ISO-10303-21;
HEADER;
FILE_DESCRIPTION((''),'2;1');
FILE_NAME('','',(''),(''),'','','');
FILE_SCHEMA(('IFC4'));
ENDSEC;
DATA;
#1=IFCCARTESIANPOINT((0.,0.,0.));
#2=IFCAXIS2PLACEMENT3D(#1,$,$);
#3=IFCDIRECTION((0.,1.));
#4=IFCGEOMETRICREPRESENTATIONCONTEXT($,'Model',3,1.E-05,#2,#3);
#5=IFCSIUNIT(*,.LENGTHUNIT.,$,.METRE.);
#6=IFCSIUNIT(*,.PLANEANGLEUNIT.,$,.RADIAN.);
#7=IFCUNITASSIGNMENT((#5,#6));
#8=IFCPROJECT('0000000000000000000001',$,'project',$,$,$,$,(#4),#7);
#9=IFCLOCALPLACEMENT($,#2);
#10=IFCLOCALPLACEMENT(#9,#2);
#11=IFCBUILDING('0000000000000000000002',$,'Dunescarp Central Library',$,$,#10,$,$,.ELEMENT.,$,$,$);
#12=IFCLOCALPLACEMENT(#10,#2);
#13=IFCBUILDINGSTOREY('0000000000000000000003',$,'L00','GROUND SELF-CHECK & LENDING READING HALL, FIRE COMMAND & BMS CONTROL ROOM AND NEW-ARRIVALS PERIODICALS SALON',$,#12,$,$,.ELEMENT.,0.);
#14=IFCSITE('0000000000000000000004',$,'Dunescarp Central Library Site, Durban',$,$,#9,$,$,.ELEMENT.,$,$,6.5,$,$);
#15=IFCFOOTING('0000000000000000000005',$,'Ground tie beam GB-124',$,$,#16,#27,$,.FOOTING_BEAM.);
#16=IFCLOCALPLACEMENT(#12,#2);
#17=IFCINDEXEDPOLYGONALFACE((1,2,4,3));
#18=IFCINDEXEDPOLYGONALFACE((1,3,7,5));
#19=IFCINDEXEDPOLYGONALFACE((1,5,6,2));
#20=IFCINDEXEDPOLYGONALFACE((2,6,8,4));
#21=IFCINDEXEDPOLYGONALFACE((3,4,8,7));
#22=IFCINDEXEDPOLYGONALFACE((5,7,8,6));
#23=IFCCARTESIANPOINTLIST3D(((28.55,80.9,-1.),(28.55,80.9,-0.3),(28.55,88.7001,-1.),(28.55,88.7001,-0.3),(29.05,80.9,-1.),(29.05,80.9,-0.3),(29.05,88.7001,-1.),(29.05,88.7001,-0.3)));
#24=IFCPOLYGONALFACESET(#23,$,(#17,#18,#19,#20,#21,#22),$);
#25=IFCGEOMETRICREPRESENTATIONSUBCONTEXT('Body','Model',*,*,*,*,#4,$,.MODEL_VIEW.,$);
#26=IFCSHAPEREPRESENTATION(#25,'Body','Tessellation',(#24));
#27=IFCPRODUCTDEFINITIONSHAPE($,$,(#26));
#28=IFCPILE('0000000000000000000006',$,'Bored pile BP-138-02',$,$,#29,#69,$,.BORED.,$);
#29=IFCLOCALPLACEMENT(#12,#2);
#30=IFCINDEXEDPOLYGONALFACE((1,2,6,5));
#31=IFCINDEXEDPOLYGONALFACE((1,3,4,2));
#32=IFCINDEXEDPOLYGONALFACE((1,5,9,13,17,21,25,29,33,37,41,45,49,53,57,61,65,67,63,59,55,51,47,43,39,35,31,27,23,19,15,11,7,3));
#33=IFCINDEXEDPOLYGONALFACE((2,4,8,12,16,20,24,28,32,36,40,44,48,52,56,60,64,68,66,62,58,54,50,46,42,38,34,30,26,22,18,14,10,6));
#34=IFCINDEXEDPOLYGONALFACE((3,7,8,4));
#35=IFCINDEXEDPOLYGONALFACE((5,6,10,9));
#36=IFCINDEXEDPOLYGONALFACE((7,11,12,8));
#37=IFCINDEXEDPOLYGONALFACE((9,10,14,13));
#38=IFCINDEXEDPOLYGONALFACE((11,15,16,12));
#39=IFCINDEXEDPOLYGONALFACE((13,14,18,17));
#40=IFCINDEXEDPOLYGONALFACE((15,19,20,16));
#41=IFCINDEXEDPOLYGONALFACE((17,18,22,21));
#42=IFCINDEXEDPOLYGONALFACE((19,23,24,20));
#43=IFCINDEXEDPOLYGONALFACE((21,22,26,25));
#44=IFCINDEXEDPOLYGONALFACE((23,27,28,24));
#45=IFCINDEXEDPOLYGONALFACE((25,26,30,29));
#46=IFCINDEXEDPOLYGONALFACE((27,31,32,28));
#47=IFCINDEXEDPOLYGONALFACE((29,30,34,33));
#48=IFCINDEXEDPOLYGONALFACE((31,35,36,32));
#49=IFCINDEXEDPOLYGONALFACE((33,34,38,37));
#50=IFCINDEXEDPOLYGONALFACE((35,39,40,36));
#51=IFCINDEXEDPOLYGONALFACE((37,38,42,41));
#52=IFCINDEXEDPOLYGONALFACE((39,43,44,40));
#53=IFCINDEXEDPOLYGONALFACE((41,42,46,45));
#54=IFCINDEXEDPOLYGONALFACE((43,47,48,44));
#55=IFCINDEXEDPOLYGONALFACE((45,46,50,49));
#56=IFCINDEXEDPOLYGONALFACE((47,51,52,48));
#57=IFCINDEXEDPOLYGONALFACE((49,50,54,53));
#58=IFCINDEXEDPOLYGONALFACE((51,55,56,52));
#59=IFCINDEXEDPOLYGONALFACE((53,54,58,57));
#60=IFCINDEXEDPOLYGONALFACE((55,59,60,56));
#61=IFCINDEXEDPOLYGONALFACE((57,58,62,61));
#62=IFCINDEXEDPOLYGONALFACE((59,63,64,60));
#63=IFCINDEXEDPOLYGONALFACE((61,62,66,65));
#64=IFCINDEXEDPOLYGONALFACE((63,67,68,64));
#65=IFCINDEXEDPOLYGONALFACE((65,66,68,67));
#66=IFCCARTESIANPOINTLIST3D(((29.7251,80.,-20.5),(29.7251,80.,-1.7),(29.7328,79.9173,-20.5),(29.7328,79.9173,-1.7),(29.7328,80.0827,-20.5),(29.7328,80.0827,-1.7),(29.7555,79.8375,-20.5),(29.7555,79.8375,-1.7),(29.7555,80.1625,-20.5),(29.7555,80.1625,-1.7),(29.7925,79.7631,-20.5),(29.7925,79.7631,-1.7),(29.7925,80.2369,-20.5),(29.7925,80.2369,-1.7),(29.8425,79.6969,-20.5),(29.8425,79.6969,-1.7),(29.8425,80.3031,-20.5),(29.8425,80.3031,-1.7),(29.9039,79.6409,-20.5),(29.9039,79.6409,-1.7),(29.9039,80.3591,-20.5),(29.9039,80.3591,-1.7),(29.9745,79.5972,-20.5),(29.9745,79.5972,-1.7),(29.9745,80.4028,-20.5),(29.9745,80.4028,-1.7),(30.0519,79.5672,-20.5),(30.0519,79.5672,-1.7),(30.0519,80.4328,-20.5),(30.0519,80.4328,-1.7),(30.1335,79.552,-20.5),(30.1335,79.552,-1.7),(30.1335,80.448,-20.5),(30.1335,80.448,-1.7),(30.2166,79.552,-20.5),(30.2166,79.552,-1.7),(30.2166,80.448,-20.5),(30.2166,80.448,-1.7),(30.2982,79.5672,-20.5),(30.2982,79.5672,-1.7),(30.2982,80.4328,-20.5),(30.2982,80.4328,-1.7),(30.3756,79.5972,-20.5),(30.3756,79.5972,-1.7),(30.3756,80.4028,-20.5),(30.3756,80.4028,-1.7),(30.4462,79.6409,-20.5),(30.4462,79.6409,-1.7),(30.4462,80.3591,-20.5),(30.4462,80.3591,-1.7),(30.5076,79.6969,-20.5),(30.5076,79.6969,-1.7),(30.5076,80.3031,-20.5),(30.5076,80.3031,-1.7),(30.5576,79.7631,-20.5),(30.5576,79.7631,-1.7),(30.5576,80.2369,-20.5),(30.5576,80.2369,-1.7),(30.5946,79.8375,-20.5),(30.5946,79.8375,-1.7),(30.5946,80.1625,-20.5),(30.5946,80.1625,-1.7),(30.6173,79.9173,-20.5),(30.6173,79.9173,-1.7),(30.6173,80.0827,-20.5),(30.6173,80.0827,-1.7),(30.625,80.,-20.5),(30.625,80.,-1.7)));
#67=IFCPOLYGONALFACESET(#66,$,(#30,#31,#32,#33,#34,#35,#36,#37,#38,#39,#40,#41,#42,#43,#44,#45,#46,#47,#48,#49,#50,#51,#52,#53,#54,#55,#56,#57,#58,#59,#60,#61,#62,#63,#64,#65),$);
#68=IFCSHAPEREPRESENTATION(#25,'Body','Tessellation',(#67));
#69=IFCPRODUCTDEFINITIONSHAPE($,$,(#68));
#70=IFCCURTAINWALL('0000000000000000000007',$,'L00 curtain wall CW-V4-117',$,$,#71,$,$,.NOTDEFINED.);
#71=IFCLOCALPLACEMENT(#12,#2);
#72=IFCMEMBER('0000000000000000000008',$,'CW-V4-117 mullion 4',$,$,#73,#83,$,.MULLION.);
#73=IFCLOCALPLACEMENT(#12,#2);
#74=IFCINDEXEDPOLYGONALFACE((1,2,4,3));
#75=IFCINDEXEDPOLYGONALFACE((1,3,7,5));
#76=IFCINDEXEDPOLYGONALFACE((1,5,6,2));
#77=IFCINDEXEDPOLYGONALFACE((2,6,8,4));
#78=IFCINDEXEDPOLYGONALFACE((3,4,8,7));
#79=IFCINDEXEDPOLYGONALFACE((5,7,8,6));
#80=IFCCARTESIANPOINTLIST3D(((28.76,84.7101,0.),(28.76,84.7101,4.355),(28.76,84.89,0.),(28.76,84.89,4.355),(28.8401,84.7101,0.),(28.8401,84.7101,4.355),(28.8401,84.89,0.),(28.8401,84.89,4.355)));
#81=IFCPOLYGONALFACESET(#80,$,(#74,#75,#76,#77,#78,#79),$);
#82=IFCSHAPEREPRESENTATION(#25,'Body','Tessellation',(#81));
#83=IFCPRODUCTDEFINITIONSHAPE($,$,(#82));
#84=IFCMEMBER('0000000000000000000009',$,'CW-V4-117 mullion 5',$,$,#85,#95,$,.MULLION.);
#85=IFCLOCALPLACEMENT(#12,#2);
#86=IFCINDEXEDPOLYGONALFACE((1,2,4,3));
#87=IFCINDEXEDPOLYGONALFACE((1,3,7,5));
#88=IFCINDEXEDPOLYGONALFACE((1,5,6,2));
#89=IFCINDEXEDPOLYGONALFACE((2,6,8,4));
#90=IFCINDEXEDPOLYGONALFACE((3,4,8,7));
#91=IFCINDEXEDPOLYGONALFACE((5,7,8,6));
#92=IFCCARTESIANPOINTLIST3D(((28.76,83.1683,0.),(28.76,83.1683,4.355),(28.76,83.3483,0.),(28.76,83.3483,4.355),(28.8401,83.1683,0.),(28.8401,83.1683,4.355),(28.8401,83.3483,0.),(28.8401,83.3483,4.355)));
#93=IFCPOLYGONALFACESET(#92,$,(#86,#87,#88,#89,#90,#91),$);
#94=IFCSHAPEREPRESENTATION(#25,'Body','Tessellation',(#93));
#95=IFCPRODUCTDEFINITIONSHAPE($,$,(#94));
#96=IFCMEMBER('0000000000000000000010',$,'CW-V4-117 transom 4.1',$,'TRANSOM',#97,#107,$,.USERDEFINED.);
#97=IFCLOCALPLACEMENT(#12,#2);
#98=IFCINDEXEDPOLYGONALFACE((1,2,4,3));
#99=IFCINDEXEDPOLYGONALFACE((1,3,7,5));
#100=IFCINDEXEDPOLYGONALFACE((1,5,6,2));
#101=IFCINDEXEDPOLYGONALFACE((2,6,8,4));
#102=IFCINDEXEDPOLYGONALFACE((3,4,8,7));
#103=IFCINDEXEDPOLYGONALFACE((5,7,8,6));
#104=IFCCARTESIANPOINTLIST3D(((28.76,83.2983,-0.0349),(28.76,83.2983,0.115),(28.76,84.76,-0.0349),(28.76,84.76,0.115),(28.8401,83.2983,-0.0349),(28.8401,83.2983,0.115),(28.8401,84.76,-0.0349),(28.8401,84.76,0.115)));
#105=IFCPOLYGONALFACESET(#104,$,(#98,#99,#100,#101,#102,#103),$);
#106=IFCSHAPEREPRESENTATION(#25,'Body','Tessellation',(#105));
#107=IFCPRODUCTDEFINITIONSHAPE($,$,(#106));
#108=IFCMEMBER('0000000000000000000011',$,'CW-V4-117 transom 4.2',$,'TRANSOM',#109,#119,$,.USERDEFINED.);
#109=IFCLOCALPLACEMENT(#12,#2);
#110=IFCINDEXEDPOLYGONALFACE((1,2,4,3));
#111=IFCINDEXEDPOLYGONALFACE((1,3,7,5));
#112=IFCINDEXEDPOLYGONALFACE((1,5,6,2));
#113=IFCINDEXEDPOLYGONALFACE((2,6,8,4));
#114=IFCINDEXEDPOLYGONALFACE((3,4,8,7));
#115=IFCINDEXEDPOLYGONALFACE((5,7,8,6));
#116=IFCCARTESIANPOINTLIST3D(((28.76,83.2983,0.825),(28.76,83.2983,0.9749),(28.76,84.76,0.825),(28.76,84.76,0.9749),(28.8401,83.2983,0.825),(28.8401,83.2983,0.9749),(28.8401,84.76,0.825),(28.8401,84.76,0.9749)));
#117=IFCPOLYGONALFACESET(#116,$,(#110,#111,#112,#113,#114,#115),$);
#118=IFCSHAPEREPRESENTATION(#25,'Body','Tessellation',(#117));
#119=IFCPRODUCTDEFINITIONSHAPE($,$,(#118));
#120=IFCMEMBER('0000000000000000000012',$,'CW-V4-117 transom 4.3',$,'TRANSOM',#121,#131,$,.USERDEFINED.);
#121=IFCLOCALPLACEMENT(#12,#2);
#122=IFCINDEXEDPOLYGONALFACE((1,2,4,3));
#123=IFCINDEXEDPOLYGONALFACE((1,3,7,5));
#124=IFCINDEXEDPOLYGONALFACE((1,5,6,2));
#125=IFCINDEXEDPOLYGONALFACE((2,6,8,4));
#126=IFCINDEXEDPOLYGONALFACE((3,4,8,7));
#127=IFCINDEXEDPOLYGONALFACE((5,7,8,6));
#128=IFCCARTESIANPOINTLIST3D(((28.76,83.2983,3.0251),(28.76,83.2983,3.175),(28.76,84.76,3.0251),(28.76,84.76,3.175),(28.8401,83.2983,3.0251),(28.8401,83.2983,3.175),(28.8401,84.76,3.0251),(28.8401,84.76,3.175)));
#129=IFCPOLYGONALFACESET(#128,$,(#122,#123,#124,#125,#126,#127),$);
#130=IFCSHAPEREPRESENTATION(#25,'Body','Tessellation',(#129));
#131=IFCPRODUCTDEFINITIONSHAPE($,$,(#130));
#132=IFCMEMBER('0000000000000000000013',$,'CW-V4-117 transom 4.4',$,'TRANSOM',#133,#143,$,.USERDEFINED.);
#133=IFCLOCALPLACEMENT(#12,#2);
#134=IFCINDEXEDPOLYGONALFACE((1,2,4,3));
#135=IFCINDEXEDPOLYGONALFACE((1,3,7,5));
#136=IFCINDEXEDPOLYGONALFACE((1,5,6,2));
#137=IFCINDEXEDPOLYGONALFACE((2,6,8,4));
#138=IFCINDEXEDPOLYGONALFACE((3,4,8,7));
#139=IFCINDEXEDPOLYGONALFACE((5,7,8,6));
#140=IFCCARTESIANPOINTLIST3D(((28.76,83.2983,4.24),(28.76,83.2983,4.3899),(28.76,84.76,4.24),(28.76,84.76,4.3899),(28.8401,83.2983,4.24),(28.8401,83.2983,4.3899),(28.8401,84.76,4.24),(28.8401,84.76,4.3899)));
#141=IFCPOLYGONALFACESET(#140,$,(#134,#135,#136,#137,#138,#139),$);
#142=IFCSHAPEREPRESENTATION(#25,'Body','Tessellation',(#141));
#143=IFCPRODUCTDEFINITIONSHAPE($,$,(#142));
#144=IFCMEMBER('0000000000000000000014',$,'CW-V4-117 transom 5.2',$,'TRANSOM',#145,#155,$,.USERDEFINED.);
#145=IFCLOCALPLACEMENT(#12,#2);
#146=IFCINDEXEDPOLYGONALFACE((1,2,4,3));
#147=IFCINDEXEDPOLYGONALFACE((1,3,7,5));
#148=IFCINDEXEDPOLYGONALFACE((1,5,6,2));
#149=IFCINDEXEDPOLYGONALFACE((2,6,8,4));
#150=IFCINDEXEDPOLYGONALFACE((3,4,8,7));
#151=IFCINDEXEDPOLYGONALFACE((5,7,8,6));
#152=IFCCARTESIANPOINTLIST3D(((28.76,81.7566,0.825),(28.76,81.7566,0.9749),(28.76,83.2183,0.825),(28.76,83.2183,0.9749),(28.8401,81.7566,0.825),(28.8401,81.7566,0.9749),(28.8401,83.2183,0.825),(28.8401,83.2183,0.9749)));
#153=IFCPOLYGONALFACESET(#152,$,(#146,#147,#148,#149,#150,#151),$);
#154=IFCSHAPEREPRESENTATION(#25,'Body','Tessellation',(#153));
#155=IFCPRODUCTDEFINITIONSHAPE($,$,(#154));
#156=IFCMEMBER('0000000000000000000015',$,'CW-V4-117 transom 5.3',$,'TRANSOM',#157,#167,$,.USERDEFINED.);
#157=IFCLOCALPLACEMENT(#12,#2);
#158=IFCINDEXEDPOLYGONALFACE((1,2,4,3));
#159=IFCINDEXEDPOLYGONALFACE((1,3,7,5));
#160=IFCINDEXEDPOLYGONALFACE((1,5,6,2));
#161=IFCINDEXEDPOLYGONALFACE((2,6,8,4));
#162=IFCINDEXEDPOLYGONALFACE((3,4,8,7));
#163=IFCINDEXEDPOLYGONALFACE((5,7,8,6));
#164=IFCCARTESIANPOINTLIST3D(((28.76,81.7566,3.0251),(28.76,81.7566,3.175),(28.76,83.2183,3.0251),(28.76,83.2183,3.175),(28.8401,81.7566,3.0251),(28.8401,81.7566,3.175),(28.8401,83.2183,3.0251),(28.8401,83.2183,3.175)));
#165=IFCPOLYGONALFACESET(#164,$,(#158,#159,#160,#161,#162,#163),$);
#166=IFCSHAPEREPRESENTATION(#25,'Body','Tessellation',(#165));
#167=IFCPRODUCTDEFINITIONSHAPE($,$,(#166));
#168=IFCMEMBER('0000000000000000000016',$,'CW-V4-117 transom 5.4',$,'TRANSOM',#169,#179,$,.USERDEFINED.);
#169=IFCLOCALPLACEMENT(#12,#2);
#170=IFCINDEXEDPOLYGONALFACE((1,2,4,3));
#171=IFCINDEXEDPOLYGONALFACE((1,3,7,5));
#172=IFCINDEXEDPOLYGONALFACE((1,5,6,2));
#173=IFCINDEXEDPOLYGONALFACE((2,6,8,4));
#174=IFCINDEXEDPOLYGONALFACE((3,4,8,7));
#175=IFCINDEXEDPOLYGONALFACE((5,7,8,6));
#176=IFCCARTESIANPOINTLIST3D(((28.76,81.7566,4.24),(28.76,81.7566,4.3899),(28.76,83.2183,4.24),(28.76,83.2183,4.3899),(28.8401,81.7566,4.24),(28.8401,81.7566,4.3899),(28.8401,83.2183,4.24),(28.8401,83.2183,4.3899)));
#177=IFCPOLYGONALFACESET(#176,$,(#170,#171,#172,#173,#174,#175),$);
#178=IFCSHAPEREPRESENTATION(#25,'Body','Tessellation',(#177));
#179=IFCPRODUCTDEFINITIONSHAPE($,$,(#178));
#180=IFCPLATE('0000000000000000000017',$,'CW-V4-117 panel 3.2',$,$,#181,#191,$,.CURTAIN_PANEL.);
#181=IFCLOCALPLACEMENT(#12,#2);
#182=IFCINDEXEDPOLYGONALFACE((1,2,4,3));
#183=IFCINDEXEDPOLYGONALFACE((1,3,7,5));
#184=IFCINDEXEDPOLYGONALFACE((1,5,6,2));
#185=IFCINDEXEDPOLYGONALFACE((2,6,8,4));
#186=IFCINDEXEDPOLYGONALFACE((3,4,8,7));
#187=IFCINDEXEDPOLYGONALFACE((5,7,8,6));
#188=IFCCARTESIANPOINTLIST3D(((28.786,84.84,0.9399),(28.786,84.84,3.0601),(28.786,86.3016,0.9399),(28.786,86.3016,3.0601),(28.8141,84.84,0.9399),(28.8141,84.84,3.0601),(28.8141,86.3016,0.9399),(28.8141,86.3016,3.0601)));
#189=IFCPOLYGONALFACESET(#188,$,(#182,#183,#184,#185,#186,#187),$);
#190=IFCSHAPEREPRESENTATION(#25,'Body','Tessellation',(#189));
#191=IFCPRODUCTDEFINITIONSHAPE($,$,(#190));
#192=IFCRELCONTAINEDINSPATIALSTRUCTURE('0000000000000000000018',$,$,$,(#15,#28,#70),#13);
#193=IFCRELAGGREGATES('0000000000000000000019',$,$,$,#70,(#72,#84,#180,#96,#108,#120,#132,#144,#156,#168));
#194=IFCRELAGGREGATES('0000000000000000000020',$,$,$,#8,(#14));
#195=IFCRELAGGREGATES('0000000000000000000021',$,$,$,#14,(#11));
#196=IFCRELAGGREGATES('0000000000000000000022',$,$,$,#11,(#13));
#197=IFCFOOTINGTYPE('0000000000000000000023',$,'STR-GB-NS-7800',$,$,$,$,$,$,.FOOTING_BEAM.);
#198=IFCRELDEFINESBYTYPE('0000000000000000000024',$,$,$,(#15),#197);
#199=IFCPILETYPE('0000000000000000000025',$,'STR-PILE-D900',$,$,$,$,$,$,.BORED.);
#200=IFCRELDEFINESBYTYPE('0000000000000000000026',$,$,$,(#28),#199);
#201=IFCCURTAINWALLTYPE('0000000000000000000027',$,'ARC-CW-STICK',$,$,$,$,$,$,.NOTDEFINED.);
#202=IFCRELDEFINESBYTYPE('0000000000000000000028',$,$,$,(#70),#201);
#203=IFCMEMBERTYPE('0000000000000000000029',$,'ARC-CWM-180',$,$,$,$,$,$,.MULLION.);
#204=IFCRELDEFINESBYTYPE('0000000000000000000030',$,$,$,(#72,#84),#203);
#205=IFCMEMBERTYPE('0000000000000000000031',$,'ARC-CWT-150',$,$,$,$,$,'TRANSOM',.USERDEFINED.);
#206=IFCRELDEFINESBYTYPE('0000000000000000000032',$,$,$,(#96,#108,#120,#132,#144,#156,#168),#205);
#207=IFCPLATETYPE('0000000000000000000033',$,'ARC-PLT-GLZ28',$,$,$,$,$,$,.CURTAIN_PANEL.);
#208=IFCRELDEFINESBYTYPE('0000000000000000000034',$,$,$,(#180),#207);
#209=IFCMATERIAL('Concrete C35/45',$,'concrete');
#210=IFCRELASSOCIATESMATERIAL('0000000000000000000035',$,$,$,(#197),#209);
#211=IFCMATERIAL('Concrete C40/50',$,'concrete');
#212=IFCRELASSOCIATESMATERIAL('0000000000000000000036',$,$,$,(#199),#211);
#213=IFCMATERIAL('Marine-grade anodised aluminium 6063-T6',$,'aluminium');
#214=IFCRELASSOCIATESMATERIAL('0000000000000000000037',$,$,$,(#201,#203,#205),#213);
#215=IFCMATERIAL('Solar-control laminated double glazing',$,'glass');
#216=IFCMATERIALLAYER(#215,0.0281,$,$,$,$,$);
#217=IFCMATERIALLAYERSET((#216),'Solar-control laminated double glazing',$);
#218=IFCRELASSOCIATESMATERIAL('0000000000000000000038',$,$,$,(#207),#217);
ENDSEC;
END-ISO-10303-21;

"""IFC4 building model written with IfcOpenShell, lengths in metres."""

from ifc_helpers import new_model, si_unit, direction, frame, origin, origin_2d, place, context, subcontext, project, spatial, rectangle, circle, extrude, material, layer, layer_set, material_profile, profile_set, type_object, element, aggregate, save


model = new_model("IFC4")

# Units and contexts
model_context = context("Model", 3, precision=1e-05, world=origin(), true_north=direction((0.0, 1.0)))
body_context = subcontext(model_context, "Body", "Model", "MODEL_VIEW")
ifc_project = project(units=[si_unit("LENGTHUNIT", "METRE"), si_unit("PLANEANGLEUNIT", "RADIAN")], contexts=[model_context])

# Site, building, storey
site_placement = place(None, origin())
site = spatial("IfcSite", under=ifc_project, at=site_placement, Name="Dunescarp Central Library Site, Durban", CompositionType="ELEMENT", RefElevation=6.5)
building_placement = place(site_placement, origin())
building = spatial("IfcBuilding", under=site, at=building_placement, Name="Dunescarp Central Library", CompositionType="ELEMENT")
storey_placement = place(building_placement, origin())
storey = spatial("IfcBuildingStorey", under=building, at=storey_placement, Name="L00", Description="GROUND SELF-CHECK & LENDING READING HALL, FIRE COMMAND & BMS CONTROL ROOM AND NEW-ARRIVALS PERIODICALS SALON", CompositionType="ELEMENT", Elevation=0.0)

# Footing
ifc_material_1 = material(Name="Concrete C35/45", Category="concrete")
footing_type = type_object("IfcFootingType", Name="STR-GB-NS-7800", PredefinedType="FOOTING_BEAM", material=ifc_material_1)
footing_placement = place(storey_placement, frame((28.8, 84.8, -1.0), z_axis=(0.0, 0.0, 1.0), x_axis=(0.0, 1.0, 0.0)))
element("IfcFooting", 1, at=footing_placement, inside=storey, type_object=footing_type, Name="Ground tie beam GB-124", PredefinedType="FOOTING_BEAM", context=body_context, shape_type="SweptSolid", body=[
    extrude(rectangle(XDim=7.8, YDim=0.5, at=origin_2d()), origin(), (0.0, 0.0, 1.0), 0.7),
])

# Pile
ifc_material_2 = material(Name="Concrete C40/50", Category="concrete")
ifc_material_profile_1 = material_profile(ifc_material_2, circle(Radius=0.45, at=origin_2d()), Name="PILE D900")
ifc_profile_set_1 = profile_set([ifc_material_profile_1], Name="Concrete C40/50")
pile_type = type_object("IfcPileType", Name="STR-PILE-D900", PredefinedType="BORED", material=ifc_profile_set_1)
pile_placement = place(storey_placement, frame((30.175, 80.0, -1.7), z_axis=(0.0, 0.0, -1.0), x_axis=(1.0, 0.0, 0.0)))
element("IfcPile", 2, at=pile_placement, inside=storey, type_object=pile_type, Name="Bored pile BP-138-02", PredefinedType="BORED", context=body_context, shape_type="SweptSolid", body=[
    extrude(circle(Radius=0.45, at=origin_2d()), origin(), (0.0, 0.0, 1.0), 18.8),
])

# Curtain wall, members, plate
ifc_material_3 = material(Name="Marine-grade anodised aluminium 6063-T6", Category="aluminium")
curtain_wall_type = type_object("IfcCurtainWallType", Name="ARC-CW-STICK", PredefinedType="NOTDEFINED", material=ifc_material_3)
curtain_wall_placement = place(storey_placement, origin())
curtain_wall = element("IfcCurtainWall", 3, at=curtain_wall_placement, inside=storey, type_object=curtain_wall_type, Name="L00 curtain wall CW-V4-117", PredefinedType="NOTDEFINED")
ifc_material_profile_2 = material_profile(ifc_material_3, rectangle(XDim=0.0801, YDim=0.1799, at=origin_2d()), Name="AL 80x180")
ifc_profile_set_2 = profile_set([ifc_material_profile_2], Name="Marine-grade anodised aluminium 6063-T6")
member_type_1 = type_object("IfcMemberType", Name="ARC-CWM-180", PredefinedType="MULLION", material=ifc_profile_set_2)
member_1_placement = place(storey_placement, frame((28.8, 84.8, 0.0), z_axis=(0.0, 0.0, 1.0), x_axis=(1.0, 0.0, 0.0)))
member_1 = element("IfcMember", 4, at=member_1_placement, type_object=member_type_1, Name="CW-V4-117 mullion 4", PredefinedType="MULLION", context=body_context, shape_type="SweptSolid", body=[
    extrude(rectangle(XDim=0.0801, YDim=0.1799, at=origin_2d()), origin(), (0.0, 0.0, 1.0), 4.355),
])
member_2_placement = place(storey_placement, frame((28.8, 83.2583, 0.0), z_axis=(0.0, 0.0, 1.0), x_axis=(1.0, 0.0, 0.0)))
member_2 = element("IfcMember", 5, at=member_2_placement, type_object=member_type_1, Name="CW-V4-117 mullion 5", PredefinedType="MULLION", context=body_context, shape_type="SweptSolid", body=[
    extrude(rectangle(XDim=0.0801, YDim=0.1799, at=origin_2d()), origin(), (0.0, 0.0, 1.0), 4.355),
])
ifc_material_profile_3 = material_profile(ifc_material_3, rectangle(XDim=0.0801, YDim=0.1499, at=origin_2d()), Name="AL 80x150")
ifc_profile_set_3 = profile_set([ifc_material_profile_3], Name="Marine-grade anodised aluminium 6063-T6")
member_type_2 = type_object("IfcMemberType", Name="ARC-CWT-150", ElementType="TRANSOM", PredefinedType="USERDEFINED", material=ifc_profile_set_3)
member_3_placement = place(storey_placement, frame((28.8, 84.76, 0.04), z_axis=(0.0, -1.0, 0.0), x_axis=(1.0, 0.0, 0.0)))
member_3 = element("IfcMember", 6, at=member_3_placement, type_object=member_type_2, Name="CW-V4-117 transom 4.1", ObjectType="TRANSOM", PredefinedType="USERDEFINED", context=body_context, shape_type="SweptSolid", body=[
    extrude(rectangle(XDim=0.0801, YDim=0.1499, at=origin_2d()), origin(), (0.0, 0.0, 1.0), 1.4617),
])
member_4_placement = place(storey_placement, frame((28.8, 84.76, 0.8999), z_axis=(0.0, -1.0, 0.0), x_axis=(1.0, 0.0, 0.0)))
member_4 = element("IfcMember", 7, at=member_4_placement, type_object=member_type_2, Name="CW-V4-117 transom 4.2", ObjectType="TRANSOM", PredefinedType="USERDEFINED", context=body_context, shape_type="SweptSolid", body=[
    extrude(rectangle(XDim=0.0801, YDim=0.1499, at=origin_2d()), origin(), (0.0, 0.0, 1.0), 1.4617),
])
member_5_placement = place(storey_placement, frame((28.8, 84.76, 3.1001), z_axis=(0.0, -1.0, 0.0), x_axis=(1.0, 0.0, 0.0)))
member_5 = element("IfcMember", 8, at=member_5_placement, type_object=member_type_2, Name="CW-V4-117 transom 4.3", ObjectType="TRANSOM", PredefinedType="USERDEFINED", context=body_context, shape_type="SweptSolid", body=[
    extrude(rectangle(XDim=0.0801, YDim=0.1499, at=origin_2d()), origin(), (0.0, 0.0, 1.0), 1.4617),
])
member_6_placement = place(storey_placement, frame((28.8, 84.76, 4.3149), z_axis=(0.0, -1.0, 0.0), x_axis=(1.0, 0.0, 0.0)))
member_6 = element("IfcMember", 9, at=member_6_placement, type_object=member_type_2, Name="CW-V4-117 transom 4.4", ObjectType="TRANSOM", PredefinedType="USERDEFINED", context=body_context, shape_type="SweptSolid", body=[
    extrude(rectangle(XDim=0.0801, YDim=0.1499, at=origin_2d()), origin(), (0.0, 0.0, 1.0), 1.4617),
])
member_7_placement = place(storey_placement, frame((28.8, 83.2183, 0.8999), z_axis=(0.0, -1.0, 0.0), x_axis=(1.0, 0.0, 0.0)))
member_7 = element("IfcMember", 10, at=member_7_placement, type_object=member_type_2, Name="CW-V4-117 transom 5.2", ObjectType="TRANSOM", PredefinedType="USERDEFINED", context=body_context, shape_type="SweptSolid", body=[
    extrude(rectangle(XDim=0.0801, YDim=0.1499, at=origin_2d()), origin(), (0.0, 0.0, 1.0), 1.4617),
])
member_8_placement = place(storey_placement, frame((28.8, 83.2183, 3.1001), z_axis=(0.0, -1.0, 0.0), x_axis=(1.0, 0.0, 0.0)))
member_8 = element("IfcMember", 11, at=member_8_placement, type_object=member_type_2, Name="CW-V4-117 transom 5.3", ObjectType="TRANSOM", PredefinedType="USERDEFINED", context=body_context, shape_type="SweptSolid", body=[
    extrude(rectangle(XDim=0.0801, YDim=0.1499, at=origin_2d()), origin(), (0.0, 0.0, 1.0), 1.4617),
])
member_9_placement = place(storey_placement, frame((28.8, 83.2183, 4.3149), z_axis=(0.0, -1.0, 0.0), x_axis=(1.0, 0.0, 0.0)))
member_9 = element("IfcMember", 12, at=member_9_placement, type_object=member_type_2, Name="CW-V4-117 transom 5.4", ObjectType="TRANSOM", PredefinedType="USERDEFINED", context=body_context, shape_type="SweptSolid", body=[
    extrude(rectangle(XDim=0.0801, YDim=0.1499, at=origin_2d()), origin(), (0.0, 0.0, 1.0), 1.4617),
])
ifc_material_4 = material(Name="Solar-control laminated double glazing", Category="glass")
ifc_layer_1 = layer(ifc_material_4, 0.0281)
ifc_layer_set_1 = layer_set([ifc_layer_1], Name="Solar-control laminated double glazing")
plate_type_1 = type_object("IfcPlateType", Name="ARC-PLT-GLZ28", PredefinedType="CURTAIN_PANEL", material=ifc_layer_set_1)
plate_1_placement = place(storey_placement, frame((28.8, 85.5708, 0.9399), z_axis=(0.0, 0.0, 1.0), x_axis=(0.0, -1.0, 0.0)))
plate_1 = element("IfcPlate", 13, at=plate_1_placement, type_object=plate_type_1, Name="CW-V4-117 panel 3.2", PredefinedType="CURTAIN_PANEL", context=body_context, shape_type="SweptSolid", body=[
    extrude(rectangle(XDim=1.4617, YDim=0.0281, at=origin_2d()), origin(), (0.0, 0.0, 1.0), 2.1201),
])
aggregate(curtain_wall, [member_1, member_2, plate_1, member_3, member_4, member_5, member_6, member_7, member_8, member_9])

save(model, "model.ifc")
